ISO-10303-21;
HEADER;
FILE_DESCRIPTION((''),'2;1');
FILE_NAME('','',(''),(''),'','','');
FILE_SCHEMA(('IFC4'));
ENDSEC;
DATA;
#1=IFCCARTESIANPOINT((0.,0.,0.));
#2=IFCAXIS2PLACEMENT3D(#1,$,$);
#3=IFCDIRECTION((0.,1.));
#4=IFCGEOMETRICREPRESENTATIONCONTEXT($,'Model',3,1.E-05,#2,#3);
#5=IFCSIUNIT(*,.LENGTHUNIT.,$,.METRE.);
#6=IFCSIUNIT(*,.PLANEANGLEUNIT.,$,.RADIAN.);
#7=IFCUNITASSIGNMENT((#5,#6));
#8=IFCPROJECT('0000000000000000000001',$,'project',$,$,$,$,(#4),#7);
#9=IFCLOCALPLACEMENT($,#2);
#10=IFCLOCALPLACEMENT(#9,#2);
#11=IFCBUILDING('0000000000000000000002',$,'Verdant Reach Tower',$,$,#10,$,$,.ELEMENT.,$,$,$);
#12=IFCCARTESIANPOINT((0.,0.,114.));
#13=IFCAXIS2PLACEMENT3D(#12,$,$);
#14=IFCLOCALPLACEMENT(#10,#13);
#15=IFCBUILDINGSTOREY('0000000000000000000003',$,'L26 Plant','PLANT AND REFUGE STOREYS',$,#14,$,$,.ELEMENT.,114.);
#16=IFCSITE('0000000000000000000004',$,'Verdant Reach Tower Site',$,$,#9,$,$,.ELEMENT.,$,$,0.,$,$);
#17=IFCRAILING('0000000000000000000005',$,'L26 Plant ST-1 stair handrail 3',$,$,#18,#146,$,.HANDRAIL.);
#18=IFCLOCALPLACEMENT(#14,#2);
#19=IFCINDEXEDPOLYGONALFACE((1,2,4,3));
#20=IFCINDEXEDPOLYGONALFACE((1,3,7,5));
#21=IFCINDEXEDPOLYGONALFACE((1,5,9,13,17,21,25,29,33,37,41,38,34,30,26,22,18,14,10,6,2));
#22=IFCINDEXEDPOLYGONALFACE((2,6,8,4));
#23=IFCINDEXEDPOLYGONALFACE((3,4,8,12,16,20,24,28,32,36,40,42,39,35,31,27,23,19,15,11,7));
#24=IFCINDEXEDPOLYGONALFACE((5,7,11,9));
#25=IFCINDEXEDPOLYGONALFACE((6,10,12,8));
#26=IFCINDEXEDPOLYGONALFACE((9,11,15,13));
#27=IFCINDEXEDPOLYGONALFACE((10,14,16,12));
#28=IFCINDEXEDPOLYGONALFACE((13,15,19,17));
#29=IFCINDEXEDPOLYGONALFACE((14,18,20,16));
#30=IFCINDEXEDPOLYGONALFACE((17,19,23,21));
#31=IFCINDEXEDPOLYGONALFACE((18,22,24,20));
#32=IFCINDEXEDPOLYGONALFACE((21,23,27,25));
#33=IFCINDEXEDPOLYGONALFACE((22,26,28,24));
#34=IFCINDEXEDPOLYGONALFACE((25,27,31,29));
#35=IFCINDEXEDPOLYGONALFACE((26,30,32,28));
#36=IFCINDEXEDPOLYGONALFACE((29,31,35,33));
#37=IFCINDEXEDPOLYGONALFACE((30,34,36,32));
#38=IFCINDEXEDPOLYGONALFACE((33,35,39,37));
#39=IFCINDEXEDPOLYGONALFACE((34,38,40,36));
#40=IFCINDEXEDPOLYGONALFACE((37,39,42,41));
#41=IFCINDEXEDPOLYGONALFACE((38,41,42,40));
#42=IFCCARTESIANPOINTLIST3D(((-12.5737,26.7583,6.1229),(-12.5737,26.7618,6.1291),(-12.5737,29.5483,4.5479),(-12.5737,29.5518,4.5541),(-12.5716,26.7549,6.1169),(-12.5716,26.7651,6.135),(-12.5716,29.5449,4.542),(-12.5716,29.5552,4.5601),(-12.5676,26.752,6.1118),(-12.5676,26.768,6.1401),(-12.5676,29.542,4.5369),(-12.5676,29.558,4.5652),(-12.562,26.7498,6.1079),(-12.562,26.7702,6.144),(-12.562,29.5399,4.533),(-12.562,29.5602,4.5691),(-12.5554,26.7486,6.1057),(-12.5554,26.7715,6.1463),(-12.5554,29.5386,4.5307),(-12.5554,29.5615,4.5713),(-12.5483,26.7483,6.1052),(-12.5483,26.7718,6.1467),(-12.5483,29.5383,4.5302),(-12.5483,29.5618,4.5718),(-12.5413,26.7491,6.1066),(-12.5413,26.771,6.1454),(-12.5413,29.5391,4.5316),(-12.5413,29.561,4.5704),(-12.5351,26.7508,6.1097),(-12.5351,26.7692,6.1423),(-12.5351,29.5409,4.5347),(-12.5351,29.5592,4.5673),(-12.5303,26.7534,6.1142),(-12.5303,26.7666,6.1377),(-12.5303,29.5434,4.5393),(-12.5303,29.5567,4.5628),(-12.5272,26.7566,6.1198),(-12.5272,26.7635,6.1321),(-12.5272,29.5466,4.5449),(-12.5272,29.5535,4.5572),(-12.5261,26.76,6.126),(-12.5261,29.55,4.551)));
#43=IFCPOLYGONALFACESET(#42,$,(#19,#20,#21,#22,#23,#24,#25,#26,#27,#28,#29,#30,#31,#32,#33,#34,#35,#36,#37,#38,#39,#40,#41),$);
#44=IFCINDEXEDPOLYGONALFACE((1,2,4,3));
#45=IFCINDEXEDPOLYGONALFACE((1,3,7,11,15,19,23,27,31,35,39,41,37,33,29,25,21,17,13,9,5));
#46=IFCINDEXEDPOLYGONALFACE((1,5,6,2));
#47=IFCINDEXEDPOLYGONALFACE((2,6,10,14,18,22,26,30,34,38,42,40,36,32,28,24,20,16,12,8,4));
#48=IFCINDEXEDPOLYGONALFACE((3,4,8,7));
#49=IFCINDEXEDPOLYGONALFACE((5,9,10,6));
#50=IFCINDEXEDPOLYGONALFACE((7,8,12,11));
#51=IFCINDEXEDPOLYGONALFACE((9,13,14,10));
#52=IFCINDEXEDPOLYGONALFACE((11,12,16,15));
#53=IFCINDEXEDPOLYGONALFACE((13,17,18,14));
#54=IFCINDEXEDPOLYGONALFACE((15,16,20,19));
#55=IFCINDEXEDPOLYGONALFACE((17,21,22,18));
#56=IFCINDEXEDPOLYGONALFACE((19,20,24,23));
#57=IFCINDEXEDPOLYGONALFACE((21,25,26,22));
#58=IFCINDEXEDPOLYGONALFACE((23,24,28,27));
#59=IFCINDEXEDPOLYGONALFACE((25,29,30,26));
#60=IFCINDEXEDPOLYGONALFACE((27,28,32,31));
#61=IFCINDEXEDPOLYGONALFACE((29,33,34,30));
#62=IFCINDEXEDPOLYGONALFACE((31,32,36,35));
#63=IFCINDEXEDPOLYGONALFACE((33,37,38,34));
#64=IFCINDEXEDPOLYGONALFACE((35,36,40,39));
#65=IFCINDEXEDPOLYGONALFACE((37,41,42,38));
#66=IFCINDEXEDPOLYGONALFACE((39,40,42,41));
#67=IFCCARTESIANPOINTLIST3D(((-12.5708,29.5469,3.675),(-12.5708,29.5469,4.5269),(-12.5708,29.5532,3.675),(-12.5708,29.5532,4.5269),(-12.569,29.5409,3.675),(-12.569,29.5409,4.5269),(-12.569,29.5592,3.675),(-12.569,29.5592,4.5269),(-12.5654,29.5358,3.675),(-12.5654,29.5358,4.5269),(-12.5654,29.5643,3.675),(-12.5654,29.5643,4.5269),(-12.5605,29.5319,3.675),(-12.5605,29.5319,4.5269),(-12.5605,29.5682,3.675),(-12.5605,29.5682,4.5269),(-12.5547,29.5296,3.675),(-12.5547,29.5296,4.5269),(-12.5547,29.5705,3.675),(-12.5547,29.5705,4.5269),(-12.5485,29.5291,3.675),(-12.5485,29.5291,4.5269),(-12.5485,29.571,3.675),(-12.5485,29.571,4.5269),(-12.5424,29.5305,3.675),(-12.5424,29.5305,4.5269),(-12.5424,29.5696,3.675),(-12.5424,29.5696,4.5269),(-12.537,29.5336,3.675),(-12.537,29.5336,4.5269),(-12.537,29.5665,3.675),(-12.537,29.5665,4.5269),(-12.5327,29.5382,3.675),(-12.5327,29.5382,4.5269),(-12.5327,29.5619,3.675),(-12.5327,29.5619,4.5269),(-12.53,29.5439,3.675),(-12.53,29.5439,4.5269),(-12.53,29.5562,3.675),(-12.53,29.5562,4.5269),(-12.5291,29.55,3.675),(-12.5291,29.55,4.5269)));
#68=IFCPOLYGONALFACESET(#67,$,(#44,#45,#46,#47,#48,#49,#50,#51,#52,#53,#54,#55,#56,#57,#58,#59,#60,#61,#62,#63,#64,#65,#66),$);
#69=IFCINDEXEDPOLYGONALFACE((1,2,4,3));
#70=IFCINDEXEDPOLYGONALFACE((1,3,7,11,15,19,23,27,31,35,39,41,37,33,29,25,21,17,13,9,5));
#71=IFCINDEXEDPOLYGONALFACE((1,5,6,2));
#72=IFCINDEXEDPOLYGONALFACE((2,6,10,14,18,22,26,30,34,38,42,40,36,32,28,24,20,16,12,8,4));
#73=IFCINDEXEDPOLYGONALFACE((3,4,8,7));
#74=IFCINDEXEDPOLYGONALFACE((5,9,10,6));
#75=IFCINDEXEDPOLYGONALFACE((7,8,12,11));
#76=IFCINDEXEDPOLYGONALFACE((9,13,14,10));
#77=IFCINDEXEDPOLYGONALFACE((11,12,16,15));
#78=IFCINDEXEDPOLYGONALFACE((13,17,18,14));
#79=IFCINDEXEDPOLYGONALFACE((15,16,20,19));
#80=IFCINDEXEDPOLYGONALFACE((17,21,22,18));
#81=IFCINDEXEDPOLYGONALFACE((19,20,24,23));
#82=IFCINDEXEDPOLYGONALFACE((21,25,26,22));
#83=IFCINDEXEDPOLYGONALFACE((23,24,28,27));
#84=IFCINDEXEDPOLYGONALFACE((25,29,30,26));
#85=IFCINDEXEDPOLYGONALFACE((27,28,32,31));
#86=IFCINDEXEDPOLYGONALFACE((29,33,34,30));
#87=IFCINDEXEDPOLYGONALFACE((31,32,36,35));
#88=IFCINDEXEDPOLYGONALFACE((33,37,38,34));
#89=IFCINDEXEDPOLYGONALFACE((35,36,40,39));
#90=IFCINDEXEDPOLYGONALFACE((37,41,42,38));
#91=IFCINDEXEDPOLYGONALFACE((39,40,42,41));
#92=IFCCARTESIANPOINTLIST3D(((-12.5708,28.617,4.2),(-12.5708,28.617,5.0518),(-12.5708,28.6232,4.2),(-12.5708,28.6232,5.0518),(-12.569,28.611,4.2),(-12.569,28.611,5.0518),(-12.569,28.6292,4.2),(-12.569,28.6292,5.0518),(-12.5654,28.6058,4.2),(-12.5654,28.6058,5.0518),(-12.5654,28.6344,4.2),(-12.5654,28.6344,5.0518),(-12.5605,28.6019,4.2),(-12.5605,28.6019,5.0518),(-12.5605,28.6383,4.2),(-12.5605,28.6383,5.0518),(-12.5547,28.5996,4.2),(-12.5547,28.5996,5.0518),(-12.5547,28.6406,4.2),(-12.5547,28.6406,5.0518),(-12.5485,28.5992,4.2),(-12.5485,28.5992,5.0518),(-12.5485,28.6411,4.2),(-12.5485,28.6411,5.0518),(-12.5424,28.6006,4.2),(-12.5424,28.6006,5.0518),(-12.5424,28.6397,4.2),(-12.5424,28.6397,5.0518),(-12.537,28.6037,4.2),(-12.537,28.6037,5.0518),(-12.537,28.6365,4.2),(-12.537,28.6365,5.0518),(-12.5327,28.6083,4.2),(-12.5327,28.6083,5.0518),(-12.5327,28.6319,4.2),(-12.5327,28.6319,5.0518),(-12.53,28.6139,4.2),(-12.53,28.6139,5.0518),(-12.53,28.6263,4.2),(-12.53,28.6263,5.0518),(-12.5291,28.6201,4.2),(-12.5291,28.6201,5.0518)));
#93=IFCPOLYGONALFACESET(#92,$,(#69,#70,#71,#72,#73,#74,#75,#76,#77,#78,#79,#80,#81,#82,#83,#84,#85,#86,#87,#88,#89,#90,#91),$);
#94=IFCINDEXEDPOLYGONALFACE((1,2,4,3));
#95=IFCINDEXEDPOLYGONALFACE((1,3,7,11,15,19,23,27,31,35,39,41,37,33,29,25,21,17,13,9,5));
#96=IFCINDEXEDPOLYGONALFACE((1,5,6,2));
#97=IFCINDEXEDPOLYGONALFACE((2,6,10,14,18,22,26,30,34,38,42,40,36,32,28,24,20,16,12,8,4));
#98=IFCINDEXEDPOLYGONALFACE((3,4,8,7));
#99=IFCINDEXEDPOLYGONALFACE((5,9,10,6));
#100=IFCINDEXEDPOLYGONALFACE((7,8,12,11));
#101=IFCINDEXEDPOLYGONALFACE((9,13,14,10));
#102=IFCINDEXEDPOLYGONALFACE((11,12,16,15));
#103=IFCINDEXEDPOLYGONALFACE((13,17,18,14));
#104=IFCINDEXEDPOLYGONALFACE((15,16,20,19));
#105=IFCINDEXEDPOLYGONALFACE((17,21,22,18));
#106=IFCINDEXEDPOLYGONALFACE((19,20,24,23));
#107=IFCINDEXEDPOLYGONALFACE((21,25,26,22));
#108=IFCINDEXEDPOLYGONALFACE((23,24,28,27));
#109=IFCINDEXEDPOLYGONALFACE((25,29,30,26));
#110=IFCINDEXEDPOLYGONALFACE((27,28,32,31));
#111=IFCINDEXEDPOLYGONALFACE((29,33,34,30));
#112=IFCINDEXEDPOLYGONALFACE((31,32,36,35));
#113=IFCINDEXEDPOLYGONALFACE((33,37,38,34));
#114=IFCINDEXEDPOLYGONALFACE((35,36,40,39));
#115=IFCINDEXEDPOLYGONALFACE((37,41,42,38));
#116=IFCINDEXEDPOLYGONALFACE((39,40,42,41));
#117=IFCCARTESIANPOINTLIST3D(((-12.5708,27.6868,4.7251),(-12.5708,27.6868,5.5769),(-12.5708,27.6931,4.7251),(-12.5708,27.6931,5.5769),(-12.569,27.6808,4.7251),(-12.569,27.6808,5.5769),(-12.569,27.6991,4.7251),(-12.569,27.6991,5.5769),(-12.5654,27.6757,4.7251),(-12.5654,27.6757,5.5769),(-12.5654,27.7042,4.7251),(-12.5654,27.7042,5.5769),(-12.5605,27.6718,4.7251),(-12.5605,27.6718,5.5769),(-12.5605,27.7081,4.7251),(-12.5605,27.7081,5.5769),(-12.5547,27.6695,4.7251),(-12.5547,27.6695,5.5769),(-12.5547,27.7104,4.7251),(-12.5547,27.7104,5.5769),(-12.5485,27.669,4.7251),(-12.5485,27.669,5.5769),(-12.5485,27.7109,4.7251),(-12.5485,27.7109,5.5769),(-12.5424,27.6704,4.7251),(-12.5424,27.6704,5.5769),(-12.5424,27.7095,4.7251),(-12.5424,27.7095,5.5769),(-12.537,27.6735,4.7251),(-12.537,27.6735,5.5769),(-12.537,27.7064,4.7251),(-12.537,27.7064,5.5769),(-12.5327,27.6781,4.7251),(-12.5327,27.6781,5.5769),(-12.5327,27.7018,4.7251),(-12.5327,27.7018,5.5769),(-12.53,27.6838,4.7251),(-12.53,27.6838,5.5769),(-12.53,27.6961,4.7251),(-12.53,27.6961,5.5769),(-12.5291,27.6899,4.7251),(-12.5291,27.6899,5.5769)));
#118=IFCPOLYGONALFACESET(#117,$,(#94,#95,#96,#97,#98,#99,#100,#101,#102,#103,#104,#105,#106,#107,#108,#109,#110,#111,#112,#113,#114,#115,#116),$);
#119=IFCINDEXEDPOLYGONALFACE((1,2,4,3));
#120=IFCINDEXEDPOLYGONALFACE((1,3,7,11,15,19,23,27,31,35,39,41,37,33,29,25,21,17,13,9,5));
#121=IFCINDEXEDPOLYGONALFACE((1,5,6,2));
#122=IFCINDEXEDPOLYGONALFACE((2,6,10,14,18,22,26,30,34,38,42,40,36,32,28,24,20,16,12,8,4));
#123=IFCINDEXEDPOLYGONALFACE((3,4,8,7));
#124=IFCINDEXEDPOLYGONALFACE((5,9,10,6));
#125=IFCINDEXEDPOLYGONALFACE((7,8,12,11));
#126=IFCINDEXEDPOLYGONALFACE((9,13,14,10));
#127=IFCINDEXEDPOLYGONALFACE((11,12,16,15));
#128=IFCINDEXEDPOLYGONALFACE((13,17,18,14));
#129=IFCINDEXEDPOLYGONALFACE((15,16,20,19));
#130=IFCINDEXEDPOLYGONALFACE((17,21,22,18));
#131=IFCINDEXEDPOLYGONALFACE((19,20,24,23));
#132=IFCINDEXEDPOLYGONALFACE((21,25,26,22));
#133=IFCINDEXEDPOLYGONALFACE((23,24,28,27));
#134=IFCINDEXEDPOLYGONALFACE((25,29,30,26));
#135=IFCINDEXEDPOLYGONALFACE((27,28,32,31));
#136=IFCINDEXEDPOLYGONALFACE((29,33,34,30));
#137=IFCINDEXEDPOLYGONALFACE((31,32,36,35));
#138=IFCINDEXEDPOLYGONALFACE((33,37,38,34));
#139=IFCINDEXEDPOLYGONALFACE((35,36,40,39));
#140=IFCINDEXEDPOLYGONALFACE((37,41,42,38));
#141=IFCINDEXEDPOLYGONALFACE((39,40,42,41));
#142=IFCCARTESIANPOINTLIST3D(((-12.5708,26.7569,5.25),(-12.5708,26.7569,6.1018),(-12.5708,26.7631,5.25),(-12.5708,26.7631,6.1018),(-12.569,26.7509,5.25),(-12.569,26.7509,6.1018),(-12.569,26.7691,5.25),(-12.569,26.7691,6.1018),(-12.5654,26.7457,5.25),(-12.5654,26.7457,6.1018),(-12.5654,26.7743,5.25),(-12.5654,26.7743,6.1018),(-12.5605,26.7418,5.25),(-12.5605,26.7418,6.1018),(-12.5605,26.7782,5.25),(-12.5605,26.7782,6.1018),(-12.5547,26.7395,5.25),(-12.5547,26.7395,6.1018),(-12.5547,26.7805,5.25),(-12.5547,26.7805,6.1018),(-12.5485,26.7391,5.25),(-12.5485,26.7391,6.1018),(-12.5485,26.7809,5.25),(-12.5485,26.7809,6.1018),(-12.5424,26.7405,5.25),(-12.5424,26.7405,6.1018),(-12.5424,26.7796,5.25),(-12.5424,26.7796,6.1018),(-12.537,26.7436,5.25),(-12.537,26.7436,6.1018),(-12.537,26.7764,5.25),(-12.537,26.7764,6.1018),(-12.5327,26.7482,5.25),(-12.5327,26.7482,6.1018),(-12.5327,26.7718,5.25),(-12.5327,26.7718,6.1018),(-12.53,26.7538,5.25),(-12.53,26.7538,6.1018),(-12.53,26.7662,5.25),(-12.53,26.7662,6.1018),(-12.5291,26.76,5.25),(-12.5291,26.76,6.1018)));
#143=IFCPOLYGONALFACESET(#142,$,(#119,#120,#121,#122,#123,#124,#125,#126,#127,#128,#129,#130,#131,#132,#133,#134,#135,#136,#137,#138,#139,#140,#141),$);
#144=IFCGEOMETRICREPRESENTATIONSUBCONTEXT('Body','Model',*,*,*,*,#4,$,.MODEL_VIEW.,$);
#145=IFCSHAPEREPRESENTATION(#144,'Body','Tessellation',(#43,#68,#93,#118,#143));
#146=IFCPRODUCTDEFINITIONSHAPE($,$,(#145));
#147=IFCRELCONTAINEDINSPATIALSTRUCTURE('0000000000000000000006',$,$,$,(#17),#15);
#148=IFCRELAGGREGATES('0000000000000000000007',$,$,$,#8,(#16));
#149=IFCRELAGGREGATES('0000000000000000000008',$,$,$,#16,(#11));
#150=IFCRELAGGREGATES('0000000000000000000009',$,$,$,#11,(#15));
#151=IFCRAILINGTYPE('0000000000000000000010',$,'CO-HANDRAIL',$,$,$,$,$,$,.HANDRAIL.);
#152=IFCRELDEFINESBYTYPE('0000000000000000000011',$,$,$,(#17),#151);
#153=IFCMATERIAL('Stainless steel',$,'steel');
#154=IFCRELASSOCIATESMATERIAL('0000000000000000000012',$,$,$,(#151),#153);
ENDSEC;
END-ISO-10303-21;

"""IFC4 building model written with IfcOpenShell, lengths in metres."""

from ifc_helpers import new_model, si_unit, direction, frame, origin, origin_2d, place, context, subcontext, project, spatial, circle, extrude, material, type_object, element, save


model = new_model("IFC4")

# Units and contexts
model_context = context("Model", 3, precision=1e-05, world=origin(), true_north=direction((0.0, 1.0)))
body_context = subcontext(model_context, "Body", "Model", "MODEL_VIEW")
ifc_project = project(units=[si_unit("LENGTHUNIT", "METRE"), si_unit("PLANEANGLEUNIT", "RADIAN")], contexts=[model_context])

# Site, building, storey
site_placement = place(None, origin())
site = spatial("IfcSite", under=ifc_project, at=site_placement, Name="Verdant Reach Tower Site", CompositionType="ELEMENT", RefElevation=0.0)
building_placement = place(site_placement, origin())
building = spatial("IfcBuilding", under=site, at=building_placement, Name="Verdant Reach Tower", CompositionType="ELEMENT")
storey_placement = place(building_placement, frame((0.0, 0.0, 114.0)))
storey = spatial("IfcBuildingStorey", under=building, at=storey_placement, Name="L26 Plant", Description="PLANT AND REFUGE STOREYS", CompositionType="ELEMENT", Elevation=114.0)

# Shared definitions
ifc_material_1 = material(Name="Stainless steel", Category="steel")

# Railing
railing_type = type_object("IfcRailingType", Name="CO-HANDRAIL", PredefinedType="HANDRAIL", material=ifc_material_1)
for number, where, name in (
    (1, (-12.55, 29.55, 3.675), "L26 Plant ST-1 stair handrail 3"),
):
    element("IfcRailing", number, at=place(storey_placement, frame(where)), inside=storey, type_object=railing_type, Name=name, PredefinedType="HANDRAIL", context=body_context, shape_type="SweptSolid", body=[
        extrude(circle(Radius=0.0239, at=origin_2d()), frame((0.0, 0.0, 0.876), z_axis=(0.0, -0.870834, 0.491578), x_axis=(1.0, 0.0, 0.0)), (0.0, 0.0, 1.0), 3.2039),
        extrude(circle(Radius=0.021, at=origin_2d()), origin(), (0.0, 0.0, 1.0), 0.8518),
        extrude(circle(Radius=0.021, at=origin_2d()), frame((0.0, -0.9299, 0.5249)), (0.0, 0.0, 1.0), 0.8518),
        extrude(circle(Radius=0.021, at=origin_2d()), frame((0.0, -1.8601, 1.05)), (0.0, 0.0, 1.0), 0.8518),
        extrude(circle(Radius=0.021, at=origin_2d()), frame((0.0, -2.79, 1.575)), (0.0, 0.0, 1.0), 0.8518),
    ])

save(model, "model.ifc")
